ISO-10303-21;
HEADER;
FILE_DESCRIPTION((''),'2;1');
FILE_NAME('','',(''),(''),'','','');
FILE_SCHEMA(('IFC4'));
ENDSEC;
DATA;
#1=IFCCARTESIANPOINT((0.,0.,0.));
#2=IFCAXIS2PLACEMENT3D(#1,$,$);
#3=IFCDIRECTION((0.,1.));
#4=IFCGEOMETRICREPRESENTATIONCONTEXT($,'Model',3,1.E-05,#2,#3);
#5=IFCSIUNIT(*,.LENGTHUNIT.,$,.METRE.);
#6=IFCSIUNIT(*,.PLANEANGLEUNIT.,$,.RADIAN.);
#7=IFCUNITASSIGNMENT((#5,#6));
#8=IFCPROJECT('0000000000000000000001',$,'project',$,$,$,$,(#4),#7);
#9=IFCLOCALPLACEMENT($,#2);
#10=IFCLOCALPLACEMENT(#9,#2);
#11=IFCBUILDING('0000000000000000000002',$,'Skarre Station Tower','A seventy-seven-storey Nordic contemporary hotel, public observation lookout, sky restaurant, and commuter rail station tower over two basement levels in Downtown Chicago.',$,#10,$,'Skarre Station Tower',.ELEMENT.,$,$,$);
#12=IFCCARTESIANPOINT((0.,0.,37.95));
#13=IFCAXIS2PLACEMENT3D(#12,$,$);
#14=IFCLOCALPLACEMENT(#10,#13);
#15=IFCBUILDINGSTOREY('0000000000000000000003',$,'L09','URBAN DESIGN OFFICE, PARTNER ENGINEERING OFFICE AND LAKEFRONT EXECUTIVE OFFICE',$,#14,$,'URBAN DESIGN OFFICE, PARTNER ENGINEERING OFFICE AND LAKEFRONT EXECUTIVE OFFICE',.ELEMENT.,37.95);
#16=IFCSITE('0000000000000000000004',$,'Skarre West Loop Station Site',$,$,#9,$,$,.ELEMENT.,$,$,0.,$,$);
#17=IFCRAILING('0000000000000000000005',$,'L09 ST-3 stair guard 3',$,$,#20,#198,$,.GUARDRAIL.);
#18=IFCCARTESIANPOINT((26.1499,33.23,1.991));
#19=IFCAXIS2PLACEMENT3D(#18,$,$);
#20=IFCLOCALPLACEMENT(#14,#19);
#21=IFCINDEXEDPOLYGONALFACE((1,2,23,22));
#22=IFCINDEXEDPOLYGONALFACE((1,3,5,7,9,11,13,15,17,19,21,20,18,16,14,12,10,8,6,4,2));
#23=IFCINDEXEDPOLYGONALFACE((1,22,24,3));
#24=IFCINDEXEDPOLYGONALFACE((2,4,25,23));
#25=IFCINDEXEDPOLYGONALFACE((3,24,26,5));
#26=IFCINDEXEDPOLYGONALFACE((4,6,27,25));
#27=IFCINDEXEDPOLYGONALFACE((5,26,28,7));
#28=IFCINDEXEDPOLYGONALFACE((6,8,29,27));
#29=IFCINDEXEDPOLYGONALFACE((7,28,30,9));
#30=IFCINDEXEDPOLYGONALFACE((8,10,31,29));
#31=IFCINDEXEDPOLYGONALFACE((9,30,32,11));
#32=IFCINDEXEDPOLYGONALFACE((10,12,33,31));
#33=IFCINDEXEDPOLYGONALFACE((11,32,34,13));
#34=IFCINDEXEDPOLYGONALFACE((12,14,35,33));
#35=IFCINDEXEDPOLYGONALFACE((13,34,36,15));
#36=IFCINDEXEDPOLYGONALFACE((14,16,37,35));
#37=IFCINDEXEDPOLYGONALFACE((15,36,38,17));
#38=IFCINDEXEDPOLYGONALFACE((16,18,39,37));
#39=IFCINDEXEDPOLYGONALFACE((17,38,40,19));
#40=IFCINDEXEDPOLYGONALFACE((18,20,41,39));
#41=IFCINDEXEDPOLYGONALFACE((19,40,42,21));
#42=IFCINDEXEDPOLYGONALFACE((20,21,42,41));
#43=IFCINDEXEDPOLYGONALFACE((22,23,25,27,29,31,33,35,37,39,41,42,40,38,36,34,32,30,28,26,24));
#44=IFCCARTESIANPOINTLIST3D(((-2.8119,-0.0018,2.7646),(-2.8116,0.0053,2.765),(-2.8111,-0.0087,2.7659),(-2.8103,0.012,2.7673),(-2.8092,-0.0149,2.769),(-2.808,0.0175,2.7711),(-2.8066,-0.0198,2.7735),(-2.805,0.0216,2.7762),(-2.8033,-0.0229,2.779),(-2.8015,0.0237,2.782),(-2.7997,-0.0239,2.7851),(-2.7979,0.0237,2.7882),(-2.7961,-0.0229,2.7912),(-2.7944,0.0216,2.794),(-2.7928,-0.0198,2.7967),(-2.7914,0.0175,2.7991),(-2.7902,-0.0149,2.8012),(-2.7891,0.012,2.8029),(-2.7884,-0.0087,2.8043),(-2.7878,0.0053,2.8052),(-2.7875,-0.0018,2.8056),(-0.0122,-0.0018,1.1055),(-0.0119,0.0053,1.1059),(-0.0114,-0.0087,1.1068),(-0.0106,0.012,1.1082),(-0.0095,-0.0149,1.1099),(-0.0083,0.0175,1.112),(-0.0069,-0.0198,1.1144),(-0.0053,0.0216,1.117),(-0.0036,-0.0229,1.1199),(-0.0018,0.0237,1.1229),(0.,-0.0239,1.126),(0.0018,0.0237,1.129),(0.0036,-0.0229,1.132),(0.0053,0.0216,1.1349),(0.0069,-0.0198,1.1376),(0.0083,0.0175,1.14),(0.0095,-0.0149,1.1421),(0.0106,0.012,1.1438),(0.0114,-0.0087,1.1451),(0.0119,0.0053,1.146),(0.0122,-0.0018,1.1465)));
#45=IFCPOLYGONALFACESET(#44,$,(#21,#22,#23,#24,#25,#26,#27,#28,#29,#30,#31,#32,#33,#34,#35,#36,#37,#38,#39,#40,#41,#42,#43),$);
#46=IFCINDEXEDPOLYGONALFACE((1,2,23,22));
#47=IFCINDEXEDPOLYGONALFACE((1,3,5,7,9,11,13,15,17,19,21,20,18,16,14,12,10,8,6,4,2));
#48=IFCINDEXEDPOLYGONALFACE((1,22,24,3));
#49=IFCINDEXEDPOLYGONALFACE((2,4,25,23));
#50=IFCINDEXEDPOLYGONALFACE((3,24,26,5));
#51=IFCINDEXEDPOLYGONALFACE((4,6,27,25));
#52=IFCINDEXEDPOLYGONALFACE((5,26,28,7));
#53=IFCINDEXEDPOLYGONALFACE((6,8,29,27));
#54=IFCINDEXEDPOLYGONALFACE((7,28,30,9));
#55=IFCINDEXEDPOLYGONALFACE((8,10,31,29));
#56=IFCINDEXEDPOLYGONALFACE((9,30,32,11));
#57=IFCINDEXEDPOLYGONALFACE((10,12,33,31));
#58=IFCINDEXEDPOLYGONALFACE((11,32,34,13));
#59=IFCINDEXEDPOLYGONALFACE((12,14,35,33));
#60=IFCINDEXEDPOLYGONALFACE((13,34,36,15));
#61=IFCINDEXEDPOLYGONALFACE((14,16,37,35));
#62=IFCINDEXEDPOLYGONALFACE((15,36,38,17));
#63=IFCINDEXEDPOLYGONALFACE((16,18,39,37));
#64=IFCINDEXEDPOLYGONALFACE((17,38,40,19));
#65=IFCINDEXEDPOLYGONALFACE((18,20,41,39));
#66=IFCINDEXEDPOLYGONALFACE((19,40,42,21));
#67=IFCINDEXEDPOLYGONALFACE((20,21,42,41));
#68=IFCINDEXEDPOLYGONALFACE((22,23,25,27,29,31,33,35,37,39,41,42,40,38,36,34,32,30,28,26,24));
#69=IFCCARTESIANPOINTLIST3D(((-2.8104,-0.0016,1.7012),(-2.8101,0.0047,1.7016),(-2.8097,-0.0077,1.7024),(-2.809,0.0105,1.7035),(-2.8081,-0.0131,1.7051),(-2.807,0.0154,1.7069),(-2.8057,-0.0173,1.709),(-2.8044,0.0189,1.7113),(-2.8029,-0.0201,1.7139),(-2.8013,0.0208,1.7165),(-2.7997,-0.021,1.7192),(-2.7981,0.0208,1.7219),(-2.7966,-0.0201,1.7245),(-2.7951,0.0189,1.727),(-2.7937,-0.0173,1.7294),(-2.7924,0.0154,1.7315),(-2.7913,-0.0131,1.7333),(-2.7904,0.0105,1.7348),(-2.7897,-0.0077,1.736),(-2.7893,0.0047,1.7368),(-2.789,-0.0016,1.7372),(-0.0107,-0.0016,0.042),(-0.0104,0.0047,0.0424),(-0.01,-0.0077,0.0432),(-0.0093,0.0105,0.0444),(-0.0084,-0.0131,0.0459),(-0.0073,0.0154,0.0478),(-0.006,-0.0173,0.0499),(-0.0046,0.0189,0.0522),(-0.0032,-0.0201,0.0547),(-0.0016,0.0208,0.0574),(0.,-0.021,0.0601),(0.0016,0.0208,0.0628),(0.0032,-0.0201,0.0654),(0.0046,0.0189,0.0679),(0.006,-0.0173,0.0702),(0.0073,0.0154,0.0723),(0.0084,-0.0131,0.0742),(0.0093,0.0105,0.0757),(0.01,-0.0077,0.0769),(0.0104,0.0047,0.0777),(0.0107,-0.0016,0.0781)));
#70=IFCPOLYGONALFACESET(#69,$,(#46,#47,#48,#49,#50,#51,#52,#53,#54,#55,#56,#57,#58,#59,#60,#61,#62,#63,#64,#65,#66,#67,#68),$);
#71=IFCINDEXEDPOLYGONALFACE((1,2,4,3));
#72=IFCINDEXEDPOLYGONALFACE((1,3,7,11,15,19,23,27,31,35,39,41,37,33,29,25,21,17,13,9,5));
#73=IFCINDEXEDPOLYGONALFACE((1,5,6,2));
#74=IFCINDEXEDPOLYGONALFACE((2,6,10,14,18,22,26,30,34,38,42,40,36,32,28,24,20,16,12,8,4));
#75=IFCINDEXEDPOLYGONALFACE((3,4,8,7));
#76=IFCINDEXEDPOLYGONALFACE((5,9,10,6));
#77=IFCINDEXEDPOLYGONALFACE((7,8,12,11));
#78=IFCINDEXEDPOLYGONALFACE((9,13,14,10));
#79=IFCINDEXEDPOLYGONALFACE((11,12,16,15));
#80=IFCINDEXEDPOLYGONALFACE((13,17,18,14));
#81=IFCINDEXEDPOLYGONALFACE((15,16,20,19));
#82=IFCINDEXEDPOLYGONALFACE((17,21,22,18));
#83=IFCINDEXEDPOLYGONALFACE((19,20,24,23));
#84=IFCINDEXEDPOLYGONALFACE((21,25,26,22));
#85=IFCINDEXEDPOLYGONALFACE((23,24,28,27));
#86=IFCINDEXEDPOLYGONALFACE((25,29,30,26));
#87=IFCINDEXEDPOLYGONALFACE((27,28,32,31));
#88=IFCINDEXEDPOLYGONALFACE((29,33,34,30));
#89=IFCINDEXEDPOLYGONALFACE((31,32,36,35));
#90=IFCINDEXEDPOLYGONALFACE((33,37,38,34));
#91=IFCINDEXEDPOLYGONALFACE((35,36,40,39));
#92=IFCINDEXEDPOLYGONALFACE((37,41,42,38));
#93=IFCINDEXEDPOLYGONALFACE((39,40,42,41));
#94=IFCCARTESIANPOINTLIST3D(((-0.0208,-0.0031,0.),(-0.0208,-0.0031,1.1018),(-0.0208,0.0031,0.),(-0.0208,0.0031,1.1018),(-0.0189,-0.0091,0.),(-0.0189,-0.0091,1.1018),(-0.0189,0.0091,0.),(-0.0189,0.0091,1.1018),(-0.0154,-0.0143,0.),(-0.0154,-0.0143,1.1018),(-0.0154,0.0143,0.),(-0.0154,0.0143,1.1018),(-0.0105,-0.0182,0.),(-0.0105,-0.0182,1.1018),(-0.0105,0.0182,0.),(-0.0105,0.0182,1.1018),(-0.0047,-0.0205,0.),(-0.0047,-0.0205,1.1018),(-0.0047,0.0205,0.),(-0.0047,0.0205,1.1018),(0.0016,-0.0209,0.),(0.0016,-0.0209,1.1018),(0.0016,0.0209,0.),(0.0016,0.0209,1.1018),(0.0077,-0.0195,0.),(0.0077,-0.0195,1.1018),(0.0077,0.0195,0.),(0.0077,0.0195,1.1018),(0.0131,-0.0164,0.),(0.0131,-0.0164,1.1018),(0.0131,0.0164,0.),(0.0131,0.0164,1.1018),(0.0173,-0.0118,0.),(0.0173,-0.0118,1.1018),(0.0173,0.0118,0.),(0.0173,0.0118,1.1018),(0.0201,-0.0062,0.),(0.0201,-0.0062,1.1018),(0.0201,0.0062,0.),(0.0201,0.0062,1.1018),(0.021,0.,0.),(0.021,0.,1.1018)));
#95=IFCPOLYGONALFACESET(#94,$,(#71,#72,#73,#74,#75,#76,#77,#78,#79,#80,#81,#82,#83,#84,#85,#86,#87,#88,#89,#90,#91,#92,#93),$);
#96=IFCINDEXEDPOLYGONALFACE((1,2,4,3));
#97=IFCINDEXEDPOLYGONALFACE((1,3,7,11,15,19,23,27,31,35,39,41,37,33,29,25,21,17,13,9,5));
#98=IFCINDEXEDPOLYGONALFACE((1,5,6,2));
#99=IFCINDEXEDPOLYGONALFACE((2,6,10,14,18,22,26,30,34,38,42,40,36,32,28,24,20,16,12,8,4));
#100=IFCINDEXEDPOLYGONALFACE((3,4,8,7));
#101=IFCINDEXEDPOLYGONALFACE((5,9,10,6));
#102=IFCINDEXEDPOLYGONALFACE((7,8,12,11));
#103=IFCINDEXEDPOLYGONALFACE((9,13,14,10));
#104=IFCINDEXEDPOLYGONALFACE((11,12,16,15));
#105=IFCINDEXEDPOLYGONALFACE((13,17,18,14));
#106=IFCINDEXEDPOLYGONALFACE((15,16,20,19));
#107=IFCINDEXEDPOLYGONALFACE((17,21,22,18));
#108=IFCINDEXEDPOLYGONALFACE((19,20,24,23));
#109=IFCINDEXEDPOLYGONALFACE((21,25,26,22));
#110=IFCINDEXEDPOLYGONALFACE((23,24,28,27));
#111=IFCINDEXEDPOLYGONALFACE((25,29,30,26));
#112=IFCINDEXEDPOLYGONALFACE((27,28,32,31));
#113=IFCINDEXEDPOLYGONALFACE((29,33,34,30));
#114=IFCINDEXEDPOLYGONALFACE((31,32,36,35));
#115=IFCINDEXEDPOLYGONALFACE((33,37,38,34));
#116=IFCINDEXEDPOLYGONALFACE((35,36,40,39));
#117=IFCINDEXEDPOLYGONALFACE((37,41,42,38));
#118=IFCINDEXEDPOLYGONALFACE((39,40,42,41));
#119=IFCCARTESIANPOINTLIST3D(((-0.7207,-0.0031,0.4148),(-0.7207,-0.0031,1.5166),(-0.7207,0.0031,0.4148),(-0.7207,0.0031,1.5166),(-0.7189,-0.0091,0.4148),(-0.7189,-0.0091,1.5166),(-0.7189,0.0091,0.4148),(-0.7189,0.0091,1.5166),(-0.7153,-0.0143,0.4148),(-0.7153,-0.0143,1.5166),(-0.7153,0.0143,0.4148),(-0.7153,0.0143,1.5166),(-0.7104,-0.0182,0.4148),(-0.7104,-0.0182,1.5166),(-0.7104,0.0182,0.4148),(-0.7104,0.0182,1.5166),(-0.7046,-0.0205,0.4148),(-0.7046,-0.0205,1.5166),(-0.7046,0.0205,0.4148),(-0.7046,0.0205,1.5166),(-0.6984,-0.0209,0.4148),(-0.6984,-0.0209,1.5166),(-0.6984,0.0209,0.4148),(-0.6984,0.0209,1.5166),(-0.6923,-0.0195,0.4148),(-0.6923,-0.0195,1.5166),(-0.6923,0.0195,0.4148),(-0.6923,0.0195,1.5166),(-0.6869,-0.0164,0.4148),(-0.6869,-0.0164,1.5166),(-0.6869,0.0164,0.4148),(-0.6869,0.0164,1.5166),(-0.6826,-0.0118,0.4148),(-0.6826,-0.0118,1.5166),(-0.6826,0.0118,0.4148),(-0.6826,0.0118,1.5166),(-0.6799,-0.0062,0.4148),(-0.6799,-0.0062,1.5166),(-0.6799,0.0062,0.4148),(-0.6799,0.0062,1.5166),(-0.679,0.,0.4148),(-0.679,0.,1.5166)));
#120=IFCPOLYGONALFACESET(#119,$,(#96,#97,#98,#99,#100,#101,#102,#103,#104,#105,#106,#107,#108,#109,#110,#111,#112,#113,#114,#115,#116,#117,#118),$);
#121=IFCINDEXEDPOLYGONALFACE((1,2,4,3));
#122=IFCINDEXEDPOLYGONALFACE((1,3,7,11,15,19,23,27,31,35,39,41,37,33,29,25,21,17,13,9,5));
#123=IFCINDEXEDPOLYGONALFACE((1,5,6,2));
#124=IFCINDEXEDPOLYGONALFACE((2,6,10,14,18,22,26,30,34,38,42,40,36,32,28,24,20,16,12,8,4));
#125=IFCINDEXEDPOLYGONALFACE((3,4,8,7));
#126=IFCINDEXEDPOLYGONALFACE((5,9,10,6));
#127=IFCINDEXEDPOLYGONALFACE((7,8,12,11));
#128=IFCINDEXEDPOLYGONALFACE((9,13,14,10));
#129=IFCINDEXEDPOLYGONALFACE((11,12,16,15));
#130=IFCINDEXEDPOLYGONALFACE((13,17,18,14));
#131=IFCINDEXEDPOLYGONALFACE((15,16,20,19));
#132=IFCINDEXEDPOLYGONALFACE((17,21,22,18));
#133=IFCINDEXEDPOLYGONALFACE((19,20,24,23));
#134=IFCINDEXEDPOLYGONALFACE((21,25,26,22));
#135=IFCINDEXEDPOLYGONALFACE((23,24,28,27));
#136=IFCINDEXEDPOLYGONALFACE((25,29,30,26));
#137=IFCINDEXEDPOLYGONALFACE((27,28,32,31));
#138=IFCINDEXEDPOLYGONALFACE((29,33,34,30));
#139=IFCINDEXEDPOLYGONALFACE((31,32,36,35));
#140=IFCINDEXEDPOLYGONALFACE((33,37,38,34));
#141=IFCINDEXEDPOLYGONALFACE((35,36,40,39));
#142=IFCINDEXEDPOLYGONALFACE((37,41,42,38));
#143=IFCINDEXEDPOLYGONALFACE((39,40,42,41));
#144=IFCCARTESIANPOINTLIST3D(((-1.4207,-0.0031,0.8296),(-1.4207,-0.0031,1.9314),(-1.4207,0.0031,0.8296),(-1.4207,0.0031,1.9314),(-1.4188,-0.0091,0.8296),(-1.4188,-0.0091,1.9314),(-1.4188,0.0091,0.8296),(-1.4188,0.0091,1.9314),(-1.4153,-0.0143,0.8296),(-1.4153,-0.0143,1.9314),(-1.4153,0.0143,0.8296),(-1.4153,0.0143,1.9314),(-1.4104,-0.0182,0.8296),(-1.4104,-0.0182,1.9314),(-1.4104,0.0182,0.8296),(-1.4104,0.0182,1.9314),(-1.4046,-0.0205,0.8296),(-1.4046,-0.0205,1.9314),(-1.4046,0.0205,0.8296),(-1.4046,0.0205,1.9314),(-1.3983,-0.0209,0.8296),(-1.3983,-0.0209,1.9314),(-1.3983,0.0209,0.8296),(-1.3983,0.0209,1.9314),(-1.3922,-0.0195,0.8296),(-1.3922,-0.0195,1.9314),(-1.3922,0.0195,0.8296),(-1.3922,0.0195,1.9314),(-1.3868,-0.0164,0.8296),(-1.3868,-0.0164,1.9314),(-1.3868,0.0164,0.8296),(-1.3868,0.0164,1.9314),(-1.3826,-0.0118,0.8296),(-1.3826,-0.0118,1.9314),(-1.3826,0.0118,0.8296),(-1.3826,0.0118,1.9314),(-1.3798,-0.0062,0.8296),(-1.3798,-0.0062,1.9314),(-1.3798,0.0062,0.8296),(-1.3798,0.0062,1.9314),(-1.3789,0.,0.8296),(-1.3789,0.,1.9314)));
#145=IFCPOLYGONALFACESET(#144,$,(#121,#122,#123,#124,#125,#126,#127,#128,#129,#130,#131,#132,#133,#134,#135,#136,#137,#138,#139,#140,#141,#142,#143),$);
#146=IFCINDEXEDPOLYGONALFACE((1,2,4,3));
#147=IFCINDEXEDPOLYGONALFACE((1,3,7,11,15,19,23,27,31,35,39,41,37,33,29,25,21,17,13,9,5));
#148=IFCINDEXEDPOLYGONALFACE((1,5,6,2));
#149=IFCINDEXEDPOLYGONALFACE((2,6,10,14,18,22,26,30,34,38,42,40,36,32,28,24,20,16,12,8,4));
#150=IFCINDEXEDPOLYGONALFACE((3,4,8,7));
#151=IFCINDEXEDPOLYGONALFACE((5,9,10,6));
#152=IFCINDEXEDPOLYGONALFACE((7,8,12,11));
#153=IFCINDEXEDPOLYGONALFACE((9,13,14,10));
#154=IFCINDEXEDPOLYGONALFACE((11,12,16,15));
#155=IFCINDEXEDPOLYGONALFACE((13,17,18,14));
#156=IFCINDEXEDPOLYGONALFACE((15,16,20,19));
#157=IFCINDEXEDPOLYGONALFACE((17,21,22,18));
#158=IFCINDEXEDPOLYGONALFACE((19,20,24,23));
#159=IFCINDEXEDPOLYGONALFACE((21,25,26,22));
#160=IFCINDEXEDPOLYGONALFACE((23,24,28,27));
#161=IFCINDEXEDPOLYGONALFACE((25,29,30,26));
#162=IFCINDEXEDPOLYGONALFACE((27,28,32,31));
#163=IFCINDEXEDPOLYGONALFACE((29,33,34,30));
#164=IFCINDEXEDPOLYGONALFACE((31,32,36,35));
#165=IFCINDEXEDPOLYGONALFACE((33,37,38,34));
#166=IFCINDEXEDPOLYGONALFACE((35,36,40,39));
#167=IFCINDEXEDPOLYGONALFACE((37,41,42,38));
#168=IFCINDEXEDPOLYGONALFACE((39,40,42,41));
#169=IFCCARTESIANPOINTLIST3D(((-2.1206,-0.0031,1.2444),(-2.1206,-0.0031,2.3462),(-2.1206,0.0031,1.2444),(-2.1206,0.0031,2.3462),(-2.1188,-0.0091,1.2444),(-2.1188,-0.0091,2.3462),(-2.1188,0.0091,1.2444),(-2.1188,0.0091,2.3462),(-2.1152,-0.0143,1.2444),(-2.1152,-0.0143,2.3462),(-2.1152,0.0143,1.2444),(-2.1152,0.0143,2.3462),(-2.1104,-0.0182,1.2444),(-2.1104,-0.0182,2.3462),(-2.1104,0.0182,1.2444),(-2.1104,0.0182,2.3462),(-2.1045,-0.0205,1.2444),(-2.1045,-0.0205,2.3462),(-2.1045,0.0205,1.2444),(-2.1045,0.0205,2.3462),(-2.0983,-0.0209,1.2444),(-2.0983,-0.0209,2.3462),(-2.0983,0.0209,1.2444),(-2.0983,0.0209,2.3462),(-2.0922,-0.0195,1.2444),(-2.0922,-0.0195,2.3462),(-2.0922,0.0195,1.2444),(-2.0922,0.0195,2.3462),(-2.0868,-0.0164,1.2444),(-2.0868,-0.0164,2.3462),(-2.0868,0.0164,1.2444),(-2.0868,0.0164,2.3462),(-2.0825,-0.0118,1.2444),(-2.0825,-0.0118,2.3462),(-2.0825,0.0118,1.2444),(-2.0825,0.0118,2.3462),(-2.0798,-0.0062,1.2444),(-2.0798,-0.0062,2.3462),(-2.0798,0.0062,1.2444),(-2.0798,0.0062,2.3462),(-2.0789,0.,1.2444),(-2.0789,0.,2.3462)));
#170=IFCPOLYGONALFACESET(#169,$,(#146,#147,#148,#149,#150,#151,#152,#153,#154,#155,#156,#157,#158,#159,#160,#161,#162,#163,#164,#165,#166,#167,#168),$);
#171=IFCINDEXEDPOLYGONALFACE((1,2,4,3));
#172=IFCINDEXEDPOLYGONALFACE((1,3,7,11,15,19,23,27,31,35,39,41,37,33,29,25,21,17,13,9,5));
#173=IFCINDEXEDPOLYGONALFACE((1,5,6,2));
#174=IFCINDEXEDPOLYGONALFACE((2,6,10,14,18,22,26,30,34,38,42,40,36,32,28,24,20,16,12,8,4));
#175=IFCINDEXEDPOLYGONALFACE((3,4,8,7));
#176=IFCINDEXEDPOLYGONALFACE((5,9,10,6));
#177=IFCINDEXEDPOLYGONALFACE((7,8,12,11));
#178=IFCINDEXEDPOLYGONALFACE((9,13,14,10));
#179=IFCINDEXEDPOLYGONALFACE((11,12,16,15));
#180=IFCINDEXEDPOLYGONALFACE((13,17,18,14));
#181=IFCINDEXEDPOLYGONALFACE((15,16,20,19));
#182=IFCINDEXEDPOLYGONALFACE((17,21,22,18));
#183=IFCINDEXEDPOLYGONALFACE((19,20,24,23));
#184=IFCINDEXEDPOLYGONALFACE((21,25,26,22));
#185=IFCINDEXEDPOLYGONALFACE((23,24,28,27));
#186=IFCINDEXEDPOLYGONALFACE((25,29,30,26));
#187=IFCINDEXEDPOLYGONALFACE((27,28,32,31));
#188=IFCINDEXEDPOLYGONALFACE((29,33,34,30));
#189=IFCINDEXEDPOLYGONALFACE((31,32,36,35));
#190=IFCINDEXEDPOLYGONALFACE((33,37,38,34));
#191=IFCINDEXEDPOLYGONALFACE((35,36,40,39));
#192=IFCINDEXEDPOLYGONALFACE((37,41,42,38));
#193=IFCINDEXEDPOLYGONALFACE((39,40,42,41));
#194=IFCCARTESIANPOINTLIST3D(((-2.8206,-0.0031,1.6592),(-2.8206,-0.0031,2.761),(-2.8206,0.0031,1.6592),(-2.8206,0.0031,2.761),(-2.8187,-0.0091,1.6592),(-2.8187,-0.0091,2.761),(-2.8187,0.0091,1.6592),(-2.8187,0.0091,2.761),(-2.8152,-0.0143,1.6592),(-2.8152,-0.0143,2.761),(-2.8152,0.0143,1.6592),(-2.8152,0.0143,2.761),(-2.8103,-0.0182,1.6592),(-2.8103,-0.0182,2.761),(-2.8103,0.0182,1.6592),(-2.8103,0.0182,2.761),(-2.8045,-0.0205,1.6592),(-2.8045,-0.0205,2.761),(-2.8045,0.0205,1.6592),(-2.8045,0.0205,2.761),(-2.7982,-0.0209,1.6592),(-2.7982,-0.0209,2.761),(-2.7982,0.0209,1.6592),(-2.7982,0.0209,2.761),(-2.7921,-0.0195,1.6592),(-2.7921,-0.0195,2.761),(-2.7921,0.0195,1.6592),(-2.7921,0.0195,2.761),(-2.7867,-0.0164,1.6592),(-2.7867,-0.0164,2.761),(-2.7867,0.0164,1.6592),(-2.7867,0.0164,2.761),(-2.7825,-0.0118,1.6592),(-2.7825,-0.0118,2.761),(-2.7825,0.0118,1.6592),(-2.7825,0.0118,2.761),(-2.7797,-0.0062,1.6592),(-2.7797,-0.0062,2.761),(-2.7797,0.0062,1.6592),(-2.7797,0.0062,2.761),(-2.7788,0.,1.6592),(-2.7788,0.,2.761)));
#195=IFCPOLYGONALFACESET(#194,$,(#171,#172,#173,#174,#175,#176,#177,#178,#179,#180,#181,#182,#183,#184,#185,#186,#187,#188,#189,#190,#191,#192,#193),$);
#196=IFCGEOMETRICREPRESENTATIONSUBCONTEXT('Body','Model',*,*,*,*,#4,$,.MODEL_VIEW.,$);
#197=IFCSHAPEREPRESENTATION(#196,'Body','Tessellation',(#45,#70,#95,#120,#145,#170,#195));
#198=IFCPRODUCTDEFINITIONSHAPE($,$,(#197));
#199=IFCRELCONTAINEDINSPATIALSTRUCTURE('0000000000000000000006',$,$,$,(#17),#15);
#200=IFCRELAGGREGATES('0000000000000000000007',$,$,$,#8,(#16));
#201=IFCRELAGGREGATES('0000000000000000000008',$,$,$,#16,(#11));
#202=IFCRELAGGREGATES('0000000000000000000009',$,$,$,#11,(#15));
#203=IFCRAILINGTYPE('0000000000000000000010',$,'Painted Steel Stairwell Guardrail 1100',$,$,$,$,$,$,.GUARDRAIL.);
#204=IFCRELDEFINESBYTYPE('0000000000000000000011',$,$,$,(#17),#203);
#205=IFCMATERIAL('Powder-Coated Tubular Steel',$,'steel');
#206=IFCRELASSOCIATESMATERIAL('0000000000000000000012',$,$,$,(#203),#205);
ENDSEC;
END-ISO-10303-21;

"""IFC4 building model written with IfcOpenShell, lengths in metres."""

from ifc_helpers import new_model, si_unit, direction, frame, origin, origin_2d, place, context, subcontext, project, spatial, circle, extrude, material, type_object, element, save


model = new_model("IFC4")

# Units and contexts
model_context = context("Model", 3, precision=1e-05, world=origin(), true_north=direction((0.0, 1.0)))
body_context = subcontext(model_context, "Body", "Model", "MODEL_VIEW")
ifc_project = project(units=[si_unit("LENGTHUNIT", "METRE"), si_unit("PLANEANGLEUNIT", "RADIAN")], contexts=[model_context])

# Site, building, storey
site_placement = place(None, origin())
site = spatial("IfcSite", under=ifc_project, at=site_placement, Name="Skarre West Loop Station Site", CompositionType="ELEMENT", RefElevation=0.0)
building_placement = place(site_placement, origin())
building = spatial("IfcBuilding", under=site, at=building_placement, Name="Skarre Station Tower", Description="A seventy-seven-storey Nordic contemporary hotel, public observation lookout, sky restaurant, and commuter rail station tower over two basement levels in Downtown Chicago.", LongName="Skarre Station Tower", CompositionType="ELEMENT")
storey_placement = place(building_placement, frame((0.0, 0.0, 37.95)))
storey = spatial("IfcBuildingStorey", under=building, at=storey_placement, Name="L09", Description="URBAN DESIGN OFFICE, PARTNER ENGINEERING OFFICE AND LAKEFRONT EXECUTIVE OFFICE", LongName="URBAN DESIGN OFFICE, PARTNER ENGINEERING OFFICE AND LAKEFRONT EXECUTIVE OFFICE", CompositionType="ELEMENT", Elevation=37.95)

# Railing
ifc_material_1 = material(Name="Powder-Coated Tubular Steel", Category="steel")
railing_type_1 = type_object("IfcRailingType", Name="Painted Steel Stairwell Guardrail 1100", PredefinedType="GUARDRAIL", material=ifc_material_1)
railing_1_placement = place(storey_placement, frame((26.1499, 33.23, 1.991)))
element("IfcRailing", 1, at=railing_1_placement, inside=storey, type_object=railing_type_1, Name="L09 ST-3 stair guard 3", PredefinedType="GUARDRAIL", context=body_context, shape_type="SweptSolid", body=[
    extrude(circle(Radius=0.0239, at=origin_2d()), frame((0.0, 0.0, 1.126), z_axis=(-0.860287, 0.0, 0.509811), x_axis=(0.0, -1.0, 0.0)), (0.0, 0.0, 1.0), 3.2544),
    extrude(circle(Radius=0.021, at=origin_2d()), frame((0.0, 0.0, 0.0601), z_axis=(-0.860287, 0.0, 0.509811), x_axis=(0.0, -1.0, 0.0)), (0.0, 0.0, 1.0), 3.2544),
    extrude(circle(Radius=0.021, at=origin_2d()), origin(), (0.0, 0.0, 1.0), 1.1018),
    extrude(circle(Radius=0.021, at=origin_2d()), frame((-0.7, 0.0, 0.4148)), (0.0, 0.0, 1.0), 1.1018),
    extrude(circle(Radius=0.021, at=origin_2d()), frame((-1.3999, 0.0, 0.8296)), (0.0, 0.0, 1.0), 1.1018),
    extrude(circle(Radius=0.021, at=origin_2d()), frame((-2.0999, 0.0, 1.2444)), (0.0, 0.0, 1.0), 1.1018),
    extrude(circle(Radius=0.021, at=origin_2d()), frame((-2.7998, 0.0, 1.6592)), (0.0, 0.0, 1.0), 1.1018),
])

save(model, "model.ifc")
